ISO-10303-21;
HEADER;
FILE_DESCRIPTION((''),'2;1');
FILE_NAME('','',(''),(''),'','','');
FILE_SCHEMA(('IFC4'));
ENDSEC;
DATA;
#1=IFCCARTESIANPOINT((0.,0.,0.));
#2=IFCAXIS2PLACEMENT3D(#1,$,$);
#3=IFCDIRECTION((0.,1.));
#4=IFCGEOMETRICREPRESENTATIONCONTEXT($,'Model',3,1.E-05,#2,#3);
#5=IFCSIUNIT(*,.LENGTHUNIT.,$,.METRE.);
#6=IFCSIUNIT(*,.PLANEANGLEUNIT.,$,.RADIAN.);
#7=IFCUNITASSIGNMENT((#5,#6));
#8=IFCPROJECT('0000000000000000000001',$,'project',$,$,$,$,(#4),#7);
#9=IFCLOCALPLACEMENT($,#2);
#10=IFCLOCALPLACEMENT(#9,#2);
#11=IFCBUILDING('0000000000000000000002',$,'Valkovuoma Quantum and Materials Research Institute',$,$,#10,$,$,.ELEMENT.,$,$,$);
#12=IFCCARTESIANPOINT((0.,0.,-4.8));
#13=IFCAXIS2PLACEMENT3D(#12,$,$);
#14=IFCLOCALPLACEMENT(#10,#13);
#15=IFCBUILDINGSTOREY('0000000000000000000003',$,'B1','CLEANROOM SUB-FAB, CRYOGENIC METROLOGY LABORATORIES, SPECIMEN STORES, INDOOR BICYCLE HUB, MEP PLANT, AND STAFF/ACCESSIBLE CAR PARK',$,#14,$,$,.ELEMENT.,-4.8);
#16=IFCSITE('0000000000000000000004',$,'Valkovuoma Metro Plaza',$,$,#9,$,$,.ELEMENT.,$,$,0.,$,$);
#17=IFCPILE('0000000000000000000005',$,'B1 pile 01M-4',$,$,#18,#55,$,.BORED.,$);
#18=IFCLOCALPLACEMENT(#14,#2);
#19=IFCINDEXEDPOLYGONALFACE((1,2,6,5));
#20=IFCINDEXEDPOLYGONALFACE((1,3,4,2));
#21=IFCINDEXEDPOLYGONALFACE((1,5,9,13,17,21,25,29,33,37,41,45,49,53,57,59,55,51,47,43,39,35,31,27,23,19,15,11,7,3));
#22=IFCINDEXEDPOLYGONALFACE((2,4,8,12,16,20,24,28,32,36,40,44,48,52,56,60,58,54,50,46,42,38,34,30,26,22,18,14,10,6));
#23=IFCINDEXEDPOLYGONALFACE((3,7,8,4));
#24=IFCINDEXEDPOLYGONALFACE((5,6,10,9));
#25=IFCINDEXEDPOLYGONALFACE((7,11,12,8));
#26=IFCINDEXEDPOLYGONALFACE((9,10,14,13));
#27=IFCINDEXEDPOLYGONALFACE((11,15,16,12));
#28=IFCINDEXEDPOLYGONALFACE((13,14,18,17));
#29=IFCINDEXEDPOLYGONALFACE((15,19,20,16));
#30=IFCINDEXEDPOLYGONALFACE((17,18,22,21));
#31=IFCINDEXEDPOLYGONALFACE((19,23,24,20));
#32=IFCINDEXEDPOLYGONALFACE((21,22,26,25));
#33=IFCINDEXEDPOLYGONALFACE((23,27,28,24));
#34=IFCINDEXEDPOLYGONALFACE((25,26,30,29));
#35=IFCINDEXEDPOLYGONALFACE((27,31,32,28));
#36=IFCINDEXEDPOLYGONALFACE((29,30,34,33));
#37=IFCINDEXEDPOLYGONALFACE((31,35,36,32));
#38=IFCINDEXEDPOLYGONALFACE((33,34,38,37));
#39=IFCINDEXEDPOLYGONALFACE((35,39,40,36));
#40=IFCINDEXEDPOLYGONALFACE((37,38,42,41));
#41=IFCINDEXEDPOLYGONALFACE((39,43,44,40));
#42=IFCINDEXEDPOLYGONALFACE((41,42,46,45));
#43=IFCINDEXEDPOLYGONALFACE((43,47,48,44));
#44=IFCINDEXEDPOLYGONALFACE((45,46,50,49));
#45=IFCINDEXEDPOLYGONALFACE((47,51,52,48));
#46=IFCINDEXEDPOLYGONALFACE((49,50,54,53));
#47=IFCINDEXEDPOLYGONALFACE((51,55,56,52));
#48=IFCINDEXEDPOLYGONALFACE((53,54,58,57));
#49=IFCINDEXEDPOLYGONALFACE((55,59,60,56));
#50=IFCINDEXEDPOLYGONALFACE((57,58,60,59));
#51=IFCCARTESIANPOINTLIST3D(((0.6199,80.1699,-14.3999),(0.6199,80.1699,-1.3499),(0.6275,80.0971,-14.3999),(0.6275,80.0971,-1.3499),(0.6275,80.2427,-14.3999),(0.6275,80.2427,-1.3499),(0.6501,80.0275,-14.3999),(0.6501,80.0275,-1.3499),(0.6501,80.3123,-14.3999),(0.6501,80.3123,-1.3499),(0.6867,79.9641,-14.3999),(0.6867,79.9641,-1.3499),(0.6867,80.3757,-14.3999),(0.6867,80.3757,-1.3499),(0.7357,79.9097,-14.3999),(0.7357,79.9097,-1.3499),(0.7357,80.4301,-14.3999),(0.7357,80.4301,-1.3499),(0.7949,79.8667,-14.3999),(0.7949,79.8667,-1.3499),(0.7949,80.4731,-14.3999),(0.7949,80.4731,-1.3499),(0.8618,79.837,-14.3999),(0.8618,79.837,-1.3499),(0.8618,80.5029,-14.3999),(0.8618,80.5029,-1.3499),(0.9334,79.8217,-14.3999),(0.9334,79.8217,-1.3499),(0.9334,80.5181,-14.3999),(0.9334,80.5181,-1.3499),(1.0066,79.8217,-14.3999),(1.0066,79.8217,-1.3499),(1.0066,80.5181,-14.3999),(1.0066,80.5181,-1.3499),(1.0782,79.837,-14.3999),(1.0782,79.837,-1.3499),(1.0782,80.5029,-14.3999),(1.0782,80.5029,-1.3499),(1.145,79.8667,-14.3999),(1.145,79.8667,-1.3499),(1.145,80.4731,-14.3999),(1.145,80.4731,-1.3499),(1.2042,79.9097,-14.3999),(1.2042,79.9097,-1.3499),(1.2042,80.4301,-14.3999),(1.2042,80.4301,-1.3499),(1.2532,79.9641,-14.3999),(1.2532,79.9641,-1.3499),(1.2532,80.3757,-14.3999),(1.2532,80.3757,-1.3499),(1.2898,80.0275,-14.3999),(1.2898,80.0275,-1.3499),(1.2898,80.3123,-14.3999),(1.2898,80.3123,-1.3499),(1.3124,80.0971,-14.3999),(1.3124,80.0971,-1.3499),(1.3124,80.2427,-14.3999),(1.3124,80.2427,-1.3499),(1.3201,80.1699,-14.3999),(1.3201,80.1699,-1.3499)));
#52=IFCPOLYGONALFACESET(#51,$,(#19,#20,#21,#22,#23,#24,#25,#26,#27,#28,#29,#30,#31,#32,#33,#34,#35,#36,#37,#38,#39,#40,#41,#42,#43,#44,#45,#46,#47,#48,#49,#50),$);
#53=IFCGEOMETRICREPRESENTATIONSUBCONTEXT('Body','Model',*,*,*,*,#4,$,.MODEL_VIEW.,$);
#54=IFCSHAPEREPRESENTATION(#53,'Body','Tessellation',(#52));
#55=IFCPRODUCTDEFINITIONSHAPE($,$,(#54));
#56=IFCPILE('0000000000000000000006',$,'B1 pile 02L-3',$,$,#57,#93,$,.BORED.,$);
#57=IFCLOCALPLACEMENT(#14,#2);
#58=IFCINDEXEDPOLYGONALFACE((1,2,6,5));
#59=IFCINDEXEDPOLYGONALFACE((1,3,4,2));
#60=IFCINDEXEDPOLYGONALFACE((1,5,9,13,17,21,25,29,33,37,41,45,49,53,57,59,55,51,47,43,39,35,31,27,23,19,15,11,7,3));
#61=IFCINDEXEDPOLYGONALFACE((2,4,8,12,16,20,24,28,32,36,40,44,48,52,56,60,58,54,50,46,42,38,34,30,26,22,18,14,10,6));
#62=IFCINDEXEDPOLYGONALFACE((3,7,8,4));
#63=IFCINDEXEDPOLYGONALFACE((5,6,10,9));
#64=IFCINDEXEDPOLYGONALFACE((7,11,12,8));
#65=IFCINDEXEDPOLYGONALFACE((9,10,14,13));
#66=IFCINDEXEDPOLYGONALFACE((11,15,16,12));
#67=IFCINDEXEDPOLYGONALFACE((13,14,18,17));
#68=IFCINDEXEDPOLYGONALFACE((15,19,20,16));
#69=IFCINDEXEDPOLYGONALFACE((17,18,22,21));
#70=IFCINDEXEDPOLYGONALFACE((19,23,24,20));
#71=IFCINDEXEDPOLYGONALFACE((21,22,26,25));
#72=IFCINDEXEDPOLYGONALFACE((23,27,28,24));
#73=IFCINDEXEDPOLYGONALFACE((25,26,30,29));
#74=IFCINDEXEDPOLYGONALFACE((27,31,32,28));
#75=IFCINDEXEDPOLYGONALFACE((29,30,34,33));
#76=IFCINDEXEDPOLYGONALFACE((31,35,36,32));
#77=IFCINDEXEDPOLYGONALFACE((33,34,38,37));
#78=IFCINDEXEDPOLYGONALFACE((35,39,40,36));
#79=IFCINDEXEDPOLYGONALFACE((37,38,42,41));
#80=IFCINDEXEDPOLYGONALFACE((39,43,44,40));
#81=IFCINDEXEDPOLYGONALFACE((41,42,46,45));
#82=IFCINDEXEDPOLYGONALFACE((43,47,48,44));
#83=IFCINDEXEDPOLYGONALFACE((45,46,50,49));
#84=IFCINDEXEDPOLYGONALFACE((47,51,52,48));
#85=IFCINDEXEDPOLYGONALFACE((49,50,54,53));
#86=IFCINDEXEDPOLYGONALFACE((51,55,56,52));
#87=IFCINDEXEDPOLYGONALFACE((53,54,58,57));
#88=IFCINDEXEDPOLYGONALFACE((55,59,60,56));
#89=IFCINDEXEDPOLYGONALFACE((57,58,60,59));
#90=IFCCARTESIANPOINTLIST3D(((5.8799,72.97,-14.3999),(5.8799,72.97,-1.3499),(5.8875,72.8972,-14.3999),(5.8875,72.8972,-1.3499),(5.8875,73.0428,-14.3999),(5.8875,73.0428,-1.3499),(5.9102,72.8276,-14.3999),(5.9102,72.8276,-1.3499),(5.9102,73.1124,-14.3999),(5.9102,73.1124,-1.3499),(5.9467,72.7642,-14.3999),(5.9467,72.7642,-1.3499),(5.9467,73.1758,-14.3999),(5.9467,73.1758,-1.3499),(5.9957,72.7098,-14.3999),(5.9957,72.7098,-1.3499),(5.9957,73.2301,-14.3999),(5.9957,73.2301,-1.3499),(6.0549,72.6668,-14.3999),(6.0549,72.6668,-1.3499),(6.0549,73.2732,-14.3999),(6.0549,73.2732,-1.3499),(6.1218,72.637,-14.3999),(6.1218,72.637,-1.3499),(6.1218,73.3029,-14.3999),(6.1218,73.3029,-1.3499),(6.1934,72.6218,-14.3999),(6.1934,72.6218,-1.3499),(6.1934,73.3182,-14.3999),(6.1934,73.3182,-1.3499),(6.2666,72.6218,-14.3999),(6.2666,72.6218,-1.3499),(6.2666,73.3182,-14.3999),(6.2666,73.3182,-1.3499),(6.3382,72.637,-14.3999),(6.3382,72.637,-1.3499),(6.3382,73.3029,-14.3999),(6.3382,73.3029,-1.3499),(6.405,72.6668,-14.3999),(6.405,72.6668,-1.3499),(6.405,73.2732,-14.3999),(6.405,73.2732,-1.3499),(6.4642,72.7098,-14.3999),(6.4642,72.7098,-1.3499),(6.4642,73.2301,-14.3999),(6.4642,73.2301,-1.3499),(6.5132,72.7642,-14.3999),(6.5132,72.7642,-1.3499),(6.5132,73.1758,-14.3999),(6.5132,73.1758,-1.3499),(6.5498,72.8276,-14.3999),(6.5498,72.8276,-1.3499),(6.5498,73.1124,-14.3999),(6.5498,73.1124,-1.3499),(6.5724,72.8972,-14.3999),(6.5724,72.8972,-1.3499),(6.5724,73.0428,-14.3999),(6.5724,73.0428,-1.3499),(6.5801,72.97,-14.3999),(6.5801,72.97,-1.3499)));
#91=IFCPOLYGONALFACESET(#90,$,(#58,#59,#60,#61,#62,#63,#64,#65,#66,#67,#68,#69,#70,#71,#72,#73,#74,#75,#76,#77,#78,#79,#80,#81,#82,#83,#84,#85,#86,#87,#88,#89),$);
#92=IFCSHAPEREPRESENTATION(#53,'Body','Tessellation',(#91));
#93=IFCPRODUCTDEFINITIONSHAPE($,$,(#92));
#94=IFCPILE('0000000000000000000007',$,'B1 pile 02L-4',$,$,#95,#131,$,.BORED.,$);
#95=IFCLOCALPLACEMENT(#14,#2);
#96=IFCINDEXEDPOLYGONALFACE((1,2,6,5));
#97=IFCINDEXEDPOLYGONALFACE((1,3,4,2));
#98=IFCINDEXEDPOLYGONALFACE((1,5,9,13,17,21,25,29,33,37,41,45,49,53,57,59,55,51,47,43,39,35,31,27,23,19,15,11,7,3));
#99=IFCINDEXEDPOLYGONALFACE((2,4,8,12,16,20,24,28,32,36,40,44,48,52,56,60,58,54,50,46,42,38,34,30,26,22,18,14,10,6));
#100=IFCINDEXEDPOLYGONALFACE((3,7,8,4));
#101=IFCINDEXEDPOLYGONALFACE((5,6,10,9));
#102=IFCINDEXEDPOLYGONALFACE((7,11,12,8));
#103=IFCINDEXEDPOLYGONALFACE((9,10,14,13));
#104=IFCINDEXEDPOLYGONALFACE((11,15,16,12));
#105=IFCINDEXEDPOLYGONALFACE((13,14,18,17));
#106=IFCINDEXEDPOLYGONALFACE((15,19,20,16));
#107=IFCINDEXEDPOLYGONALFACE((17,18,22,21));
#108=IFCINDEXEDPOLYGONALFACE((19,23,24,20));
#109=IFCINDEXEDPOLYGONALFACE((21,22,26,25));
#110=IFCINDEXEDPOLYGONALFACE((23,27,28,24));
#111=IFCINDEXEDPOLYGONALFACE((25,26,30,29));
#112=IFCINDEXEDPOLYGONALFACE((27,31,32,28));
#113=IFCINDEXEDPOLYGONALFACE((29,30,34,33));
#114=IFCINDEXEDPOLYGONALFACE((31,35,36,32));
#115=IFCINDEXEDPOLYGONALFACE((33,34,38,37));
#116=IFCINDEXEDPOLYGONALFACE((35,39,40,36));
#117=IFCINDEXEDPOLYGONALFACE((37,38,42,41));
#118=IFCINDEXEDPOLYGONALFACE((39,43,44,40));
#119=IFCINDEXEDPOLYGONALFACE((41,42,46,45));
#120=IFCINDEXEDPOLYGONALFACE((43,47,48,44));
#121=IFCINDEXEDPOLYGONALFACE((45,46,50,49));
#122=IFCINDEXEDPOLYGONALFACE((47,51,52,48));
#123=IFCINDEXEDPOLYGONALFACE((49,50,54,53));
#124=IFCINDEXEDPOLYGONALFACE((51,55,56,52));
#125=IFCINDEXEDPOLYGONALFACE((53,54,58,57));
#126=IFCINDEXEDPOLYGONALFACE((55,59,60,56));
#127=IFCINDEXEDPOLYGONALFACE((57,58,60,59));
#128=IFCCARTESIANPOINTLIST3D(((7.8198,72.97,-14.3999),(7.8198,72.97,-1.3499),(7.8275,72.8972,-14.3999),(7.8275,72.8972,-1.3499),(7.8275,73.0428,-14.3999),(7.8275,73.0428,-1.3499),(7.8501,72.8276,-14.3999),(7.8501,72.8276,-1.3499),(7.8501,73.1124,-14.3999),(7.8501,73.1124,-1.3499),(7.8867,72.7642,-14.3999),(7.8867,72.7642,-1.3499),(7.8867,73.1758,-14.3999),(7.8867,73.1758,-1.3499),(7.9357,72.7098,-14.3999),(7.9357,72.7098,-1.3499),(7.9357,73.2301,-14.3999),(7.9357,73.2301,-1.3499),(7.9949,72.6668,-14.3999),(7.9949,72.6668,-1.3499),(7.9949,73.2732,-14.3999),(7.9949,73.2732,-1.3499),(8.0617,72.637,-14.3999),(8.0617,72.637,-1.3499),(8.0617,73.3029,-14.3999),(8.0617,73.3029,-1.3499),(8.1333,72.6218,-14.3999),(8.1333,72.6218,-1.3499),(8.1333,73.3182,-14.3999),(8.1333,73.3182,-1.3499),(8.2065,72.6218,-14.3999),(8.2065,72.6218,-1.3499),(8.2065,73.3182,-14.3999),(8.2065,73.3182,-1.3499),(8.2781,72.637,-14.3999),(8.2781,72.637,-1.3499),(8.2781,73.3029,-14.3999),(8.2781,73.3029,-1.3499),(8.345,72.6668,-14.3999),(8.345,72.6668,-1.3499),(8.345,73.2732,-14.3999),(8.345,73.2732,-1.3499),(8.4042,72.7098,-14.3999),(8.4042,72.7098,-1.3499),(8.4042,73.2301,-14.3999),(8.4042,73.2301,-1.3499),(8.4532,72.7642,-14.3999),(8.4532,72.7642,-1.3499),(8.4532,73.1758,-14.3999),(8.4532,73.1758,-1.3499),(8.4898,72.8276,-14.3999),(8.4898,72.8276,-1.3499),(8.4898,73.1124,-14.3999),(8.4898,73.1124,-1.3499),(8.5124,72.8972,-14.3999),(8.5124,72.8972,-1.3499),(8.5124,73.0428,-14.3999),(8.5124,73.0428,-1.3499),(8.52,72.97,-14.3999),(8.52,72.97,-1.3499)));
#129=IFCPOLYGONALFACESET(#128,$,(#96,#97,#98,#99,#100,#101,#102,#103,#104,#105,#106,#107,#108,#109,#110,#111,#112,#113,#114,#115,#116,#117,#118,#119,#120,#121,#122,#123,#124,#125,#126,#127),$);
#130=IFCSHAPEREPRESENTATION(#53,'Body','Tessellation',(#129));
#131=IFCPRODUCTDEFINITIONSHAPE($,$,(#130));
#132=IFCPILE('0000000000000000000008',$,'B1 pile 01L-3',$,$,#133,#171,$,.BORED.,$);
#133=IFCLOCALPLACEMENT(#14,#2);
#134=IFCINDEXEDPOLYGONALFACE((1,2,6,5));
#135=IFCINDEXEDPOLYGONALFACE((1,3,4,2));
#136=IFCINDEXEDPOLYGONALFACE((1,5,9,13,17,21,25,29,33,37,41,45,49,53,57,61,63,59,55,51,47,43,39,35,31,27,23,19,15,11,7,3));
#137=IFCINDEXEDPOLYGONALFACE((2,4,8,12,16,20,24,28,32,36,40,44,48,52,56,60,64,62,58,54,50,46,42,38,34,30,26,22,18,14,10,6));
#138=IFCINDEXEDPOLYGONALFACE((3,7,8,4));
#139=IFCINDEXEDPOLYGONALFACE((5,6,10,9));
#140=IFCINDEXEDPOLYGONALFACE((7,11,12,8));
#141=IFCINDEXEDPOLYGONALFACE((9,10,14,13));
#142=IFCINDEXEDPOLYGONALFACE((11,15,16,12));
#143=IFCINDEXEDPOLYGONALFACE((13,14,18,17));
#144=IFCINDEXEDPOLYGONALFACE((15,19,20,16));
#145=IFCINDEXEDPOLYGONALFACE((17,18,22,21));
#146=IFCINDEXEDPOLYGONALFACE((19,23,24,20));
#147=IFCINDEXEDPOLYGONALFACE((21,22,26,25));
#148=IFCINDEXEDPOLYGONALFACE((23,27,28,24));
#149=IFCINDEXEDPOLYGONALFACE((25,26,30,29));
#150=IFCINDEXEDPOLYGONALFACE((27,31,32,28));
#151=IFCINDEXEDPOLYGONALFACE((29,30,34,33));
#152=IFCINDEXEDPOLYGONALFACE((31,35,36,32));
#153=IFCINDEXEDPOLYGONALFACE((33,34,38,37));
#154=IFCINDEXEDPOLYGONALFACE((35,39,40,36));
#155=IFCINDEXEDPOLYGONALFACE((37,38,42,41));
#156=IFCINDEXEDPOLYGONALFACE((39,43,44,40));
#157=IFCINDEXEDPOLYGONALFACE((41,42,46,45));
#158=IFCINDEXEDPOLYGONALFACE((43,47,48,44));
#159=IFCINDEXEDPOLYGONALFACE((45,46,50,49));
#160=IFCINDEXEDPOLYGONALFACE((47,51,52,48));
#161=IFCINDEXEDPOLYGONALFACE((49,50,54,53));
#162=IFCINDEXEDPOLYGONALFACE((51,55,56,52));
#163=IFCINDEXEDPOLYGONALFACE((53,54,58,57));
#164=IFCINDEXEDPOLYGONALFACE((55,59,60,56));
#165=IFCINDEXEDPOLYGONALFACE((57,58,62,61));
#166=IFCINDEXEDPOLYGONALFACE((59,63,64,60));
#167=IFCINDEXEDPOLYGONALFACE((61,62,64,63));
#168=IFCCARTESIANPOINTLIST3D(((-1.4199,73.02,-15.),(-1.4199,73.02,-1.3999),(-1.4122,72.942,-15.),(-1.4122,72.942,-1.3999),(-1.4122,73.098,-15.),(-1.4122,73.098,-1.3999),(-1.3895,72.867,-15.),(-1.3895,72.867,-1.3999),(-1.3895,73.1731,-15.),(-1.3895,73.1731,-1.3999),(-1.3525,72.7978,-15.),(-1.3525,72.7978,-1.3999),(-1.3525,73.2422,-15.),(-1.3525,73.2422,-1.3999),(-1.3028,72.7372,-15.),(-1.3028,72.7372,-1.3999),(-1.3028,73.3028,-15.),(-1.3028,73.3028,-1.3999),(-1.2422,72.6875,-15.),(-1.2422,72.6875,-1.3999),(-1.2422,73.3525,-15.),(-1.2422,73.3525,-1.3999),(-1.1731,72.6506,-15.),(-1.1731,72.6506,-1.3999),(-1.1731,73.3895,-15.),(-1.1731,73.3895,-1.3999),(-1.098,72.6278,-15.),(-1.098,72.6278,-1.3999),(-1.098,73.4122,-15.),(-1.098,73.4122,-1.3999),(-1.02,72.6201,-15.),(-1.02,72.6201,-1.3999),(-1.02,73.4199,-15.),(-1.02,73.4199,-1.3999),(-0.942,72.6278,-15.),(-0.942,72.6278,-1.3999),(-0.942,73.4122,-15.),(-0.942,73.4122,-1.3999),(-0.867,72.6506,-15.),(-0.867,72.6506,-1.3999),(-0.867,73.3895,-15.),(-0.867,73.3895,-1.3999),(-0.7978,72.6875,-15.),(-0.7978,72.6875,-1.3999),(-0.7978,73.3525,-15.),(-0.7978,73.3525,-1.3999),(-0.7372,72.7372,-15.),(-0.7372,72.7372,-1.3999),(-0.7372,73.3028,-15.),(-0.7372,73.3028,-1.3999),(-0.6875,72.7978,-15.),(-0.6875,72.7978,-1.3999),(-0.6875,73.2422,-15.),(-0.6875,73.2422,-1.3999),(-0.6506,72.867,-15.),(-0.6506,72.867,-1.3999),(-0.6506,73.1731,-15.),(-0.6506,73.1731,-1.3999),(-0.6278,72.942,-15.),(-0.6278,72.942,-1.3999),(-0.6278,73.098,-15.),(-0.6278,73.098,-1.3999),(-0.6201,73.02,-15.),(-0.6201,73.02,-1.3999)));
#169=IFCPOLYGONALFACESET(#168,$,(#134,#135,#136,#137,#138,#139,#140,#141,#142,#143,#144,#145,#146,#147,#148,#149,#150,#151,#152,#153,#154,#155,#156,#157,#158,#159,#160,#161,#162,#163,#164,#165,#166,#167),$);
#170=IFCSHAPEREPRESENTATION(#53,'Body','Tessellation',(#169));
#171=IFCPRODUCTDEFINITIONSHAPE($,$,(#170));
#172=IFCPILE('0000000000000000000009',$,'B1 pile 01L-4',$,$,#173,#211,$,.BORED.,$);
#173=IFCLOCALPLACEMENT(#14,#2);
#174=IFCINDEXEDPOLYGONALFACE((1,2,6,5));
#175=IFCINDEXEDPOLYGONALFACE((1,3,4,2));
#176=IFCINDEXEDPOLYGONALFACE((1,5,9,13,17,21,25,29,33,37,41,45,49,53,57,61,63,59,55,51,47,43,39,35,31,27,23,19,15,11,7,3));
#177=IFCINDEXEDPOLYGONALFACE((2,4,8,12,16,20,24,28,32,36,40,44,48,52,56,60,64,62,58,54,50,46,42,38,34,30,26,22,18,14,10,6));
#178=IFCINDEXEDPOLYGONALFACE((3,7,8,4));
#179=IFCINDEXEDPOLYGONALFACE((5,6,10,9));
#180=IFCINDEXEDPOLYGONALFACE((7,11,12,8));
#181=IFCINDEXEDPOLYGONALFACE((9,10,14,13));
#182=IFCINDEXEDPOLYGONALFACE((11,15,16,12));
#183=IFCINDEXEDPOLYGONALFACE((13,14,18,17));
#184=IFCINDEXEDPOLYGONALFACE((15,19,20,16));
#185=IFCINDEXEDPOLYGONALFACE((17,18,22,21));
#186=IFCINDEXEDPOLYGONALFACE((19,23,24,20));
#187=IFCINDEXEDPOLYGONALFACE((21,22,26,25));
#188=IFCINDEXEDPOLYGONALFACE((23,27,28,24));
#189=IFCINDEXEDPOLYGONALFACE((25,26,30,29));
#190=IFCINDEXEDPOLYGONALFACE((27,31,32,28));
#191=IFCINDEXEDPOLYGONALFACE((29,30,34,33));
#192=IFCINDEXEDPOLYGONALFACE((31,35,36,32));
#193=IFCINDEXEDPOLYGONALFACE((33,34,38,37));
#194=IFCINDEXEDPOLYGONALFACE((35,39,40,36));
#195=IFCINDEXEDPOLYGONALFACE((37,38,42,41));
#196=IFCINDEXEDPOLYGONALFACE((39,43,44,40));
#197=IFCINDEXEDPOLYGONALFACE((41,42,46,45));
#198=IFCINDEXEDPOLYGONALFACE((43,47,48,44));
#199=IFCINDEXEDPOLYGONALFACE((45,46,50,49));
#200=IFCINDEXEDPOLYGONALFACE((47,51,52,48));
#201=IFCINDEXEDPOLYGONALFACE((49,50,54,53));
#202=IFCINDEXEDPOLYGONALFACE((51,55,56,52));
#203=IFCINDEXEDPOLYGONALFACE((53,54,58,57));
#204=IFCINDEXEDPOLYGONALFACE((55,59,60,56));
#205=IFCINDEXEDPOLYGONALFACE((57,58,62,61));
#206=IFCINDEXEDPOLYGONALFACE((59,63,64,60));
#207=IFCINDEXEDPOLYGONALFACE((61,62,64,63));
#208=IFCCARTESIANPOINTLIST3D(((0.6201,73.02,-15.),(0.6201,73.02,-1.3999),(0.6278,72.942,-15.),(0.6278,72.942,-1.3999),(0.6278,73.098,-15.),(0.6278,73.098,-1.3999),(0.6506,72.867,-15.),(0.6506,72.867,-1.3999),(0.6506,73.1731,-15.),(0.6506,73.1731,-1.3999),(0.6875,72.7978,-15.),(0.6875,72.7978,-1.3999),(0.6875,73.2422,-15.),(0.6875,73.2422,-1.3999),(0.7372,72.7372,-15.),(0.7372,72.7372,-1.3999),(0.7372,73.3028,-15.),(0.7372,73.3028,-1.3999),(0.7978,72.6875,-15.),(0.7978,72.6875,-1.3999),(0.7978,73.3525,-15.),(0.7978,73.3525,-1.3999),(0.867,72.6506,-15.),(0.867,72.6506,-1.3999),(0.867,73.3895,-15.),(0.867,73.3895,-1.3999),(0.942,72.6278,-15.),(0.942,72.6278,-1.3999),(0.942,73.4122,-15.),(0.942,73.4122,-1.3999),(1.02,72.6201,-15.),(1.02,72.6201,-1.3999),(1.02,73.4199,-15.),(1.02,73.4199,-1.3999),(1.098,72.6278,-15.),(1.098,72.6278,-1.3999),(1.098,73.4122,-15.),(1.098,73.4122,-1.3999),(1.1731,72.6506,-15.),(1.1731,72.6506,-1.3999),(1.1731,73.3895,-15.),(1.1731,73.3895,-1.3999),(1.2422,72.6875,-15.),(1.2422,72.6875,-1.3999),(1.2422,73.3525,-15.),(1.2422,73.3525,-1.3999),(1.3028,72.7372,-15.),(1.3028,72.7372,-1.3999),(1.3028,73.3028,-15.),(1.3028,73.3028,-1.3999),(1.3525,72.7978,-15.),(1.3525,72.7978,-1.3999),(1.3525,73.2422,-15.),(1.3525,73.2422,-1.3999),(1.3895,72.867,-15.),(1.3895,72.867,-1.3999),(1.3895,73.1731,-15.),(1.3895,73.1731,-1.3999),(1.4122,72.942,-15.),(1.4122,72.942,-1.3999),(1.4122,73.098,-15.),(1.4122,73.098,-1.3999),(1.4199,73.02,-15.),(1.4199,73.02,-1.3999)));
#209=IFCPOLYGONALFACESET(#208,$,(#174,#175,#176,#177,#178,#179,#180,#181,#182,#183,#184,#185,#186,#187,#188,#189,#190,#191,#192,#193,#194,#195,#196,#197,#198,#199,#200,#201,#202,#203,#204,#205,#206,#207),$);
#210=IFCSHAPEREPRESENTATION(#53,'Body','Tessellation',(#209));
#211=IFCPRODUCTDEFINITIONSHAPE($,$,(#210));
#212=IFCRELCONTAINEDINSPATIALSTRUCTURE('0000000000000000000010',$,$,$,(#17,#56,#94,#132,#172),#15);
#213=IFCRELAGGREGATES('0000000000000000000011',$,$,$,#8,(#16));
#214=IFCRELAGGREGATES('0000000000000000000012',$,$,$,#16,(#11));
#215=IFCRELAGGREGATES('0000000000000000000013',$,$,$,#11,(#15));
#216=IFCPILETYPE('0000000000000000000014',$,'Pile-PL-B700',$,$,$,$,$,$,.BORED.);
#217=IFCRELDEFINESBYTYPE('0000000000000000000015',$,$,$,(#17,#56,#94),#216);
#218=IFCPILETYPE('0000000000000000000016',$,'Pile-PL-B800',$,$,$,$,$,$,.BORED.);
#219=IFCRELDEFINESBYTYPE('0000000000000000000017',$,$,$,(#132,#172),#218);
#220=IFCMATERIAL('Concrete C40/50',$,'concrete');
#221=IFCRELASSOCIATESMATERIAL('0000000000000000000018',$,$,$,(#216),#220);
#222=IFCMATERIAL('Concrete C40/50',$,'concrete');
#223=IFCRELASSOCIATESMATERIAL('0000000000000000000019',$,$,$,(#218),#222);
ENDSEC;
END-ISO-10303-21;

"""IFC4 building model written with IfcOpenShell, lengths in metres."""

from ifc_helpers import new_model, si_unit, direction, frame, origin, origin_2d, place, context, subcontext, project, spatial, circle, extrude, material, material_profile, profile_set, type_object, element, save


model = new_model("IFC4")

# Units and contexts
model_context = context("Model", 3, precision=1e-05, world=origin(), true_north=direction((0.0, 1.0)))
body_context = subcontext(model_context, "Body", "Model", "MODEL_VIEW")
ifc_project = project(units=[si_unit("LENGTHUNIT", "METRE"), si_unit("PLANEANGLEUNIT", "RADIAN")], contexts=[model_context])

# Site, building, storey
site_placement = place(None, origin())
site = spatial("IfcSite", under=ifc_project, at=site_placement, Name="Valkovuoma Metro Plaza", CompositionType="ELEMENT", RefElevation=0.0)
building_placement = place(site_placement, origin())
building = spatial("IfcBuilding", under=site, at=building_placement, Name="Valkovuoma Quantum and Materials Research Institute", CompositionType="ELEMENT")
storey_placement = place(building_placement, frame((0.0, 0.0, -4.8)))
storey = spatial("IfcBuildingStorey", under=building, at=storey_placement, Name="B1", Description="CLEANROOM SUB-FAB, CRYOGENIC METROLOGY LABORATORIES, SPECIMEN STORES, INDOOR BICYCLE HUB, MEP PLANT, AND STAFF/ACCESSIBLE CAR PARK", CompositionType="ELEMENT", Elevation=-4.8)

# Piles
ifc_material_1 = material(Name="Concrete C40/50", Category="concrete")
ifc_material_profile_1 = material_profile(ifc_material_1, circle(Radius=0.3501, at=origin_2d()), Name="Concrete C40/50")
ifc_profile_set_1 = profile_set([ifc_material_profile_1], Name="Concrete C40/50")
pile_type_1 = type_object("IfcPileType", Name="Pile-PL-B700", PredefinedType="BORED", material=ifc_profile_set_1)
for number, where, z_axis, x_axis, name in (
    (1, (0.97, 80.1699, -1.3499), (0.0, 0.0, -1.0), (1.0, 0.0, 0.0), "B1 pile 01M-4"),
    (2, (6.23, 72.97, -1.3499), (0.0, 0.0, -1.0), (1.0, 0.0, 0.0), "B1 pile 02L-3"),
    (3, (8.1699, 72.97, -1.3499), (0.0, 0.0, -1.0), (1.0, 0.0, 0.0), "B1 pile 02L-4"),
):
    element("IfcPile", number, at=place(storey_placement, frame(where, z_axis=z_axis, x_axis=x_axis)), inside=storey, type_object=pile_type_1, Name=name, PredefinedType="BORED", context=body_context, shape_type="SweptSolid", body=[
        extrude(circle(Radius=0.3501, at=origin_2d()), origin(), (0.0, 0.0, 1.0), 13.05),
    ])
ifc_material_2 = material(Name="Concrete C40/50", Category="concrete")
ifc_material_profile_2 = material_profile(ifc_material_2, circle(Radius=0.3999, at=origin_2d()), Name="Concrete C40/50")
ifc_profile_set_2 = profile_set([ifc_material_profile_2], Name="Concrete C40/50")
pile_type_2 = type_object("IfcPileType", Name="Pile-PL-B800", PredefinedType="BORED", material=ifc_profile_set_2)
for number, where, z_axis, x_axis, name in (
    (4, (-1.02, 73.02, -1.3999), (0.0, 0.0, -1.0), (1.0, 0.0, 0.0), "B1 pile 01L-3"),
    (5, (1.02, 73.02, -1.3999), (0.0, 0.0, -1.0), (1.0, 0.0, 0.0), "B1 pile 01L-4"),
):
    element("IfcPile", number, at=place(storey_placement, frame(where, z_axis=z_axis, x_axis=x_axis)), inside=storey, type_object=pile_type_2, Name=name, PredefinedType="BORED", context=body_context, shape_type="SweptSolid", body=[
        extrude(circle(Radius=0.3999, at=origin_2d()), origin(), (0.0, 0.0, 1.0), 13.6001),
    ])

save(model, "model.ifc")
